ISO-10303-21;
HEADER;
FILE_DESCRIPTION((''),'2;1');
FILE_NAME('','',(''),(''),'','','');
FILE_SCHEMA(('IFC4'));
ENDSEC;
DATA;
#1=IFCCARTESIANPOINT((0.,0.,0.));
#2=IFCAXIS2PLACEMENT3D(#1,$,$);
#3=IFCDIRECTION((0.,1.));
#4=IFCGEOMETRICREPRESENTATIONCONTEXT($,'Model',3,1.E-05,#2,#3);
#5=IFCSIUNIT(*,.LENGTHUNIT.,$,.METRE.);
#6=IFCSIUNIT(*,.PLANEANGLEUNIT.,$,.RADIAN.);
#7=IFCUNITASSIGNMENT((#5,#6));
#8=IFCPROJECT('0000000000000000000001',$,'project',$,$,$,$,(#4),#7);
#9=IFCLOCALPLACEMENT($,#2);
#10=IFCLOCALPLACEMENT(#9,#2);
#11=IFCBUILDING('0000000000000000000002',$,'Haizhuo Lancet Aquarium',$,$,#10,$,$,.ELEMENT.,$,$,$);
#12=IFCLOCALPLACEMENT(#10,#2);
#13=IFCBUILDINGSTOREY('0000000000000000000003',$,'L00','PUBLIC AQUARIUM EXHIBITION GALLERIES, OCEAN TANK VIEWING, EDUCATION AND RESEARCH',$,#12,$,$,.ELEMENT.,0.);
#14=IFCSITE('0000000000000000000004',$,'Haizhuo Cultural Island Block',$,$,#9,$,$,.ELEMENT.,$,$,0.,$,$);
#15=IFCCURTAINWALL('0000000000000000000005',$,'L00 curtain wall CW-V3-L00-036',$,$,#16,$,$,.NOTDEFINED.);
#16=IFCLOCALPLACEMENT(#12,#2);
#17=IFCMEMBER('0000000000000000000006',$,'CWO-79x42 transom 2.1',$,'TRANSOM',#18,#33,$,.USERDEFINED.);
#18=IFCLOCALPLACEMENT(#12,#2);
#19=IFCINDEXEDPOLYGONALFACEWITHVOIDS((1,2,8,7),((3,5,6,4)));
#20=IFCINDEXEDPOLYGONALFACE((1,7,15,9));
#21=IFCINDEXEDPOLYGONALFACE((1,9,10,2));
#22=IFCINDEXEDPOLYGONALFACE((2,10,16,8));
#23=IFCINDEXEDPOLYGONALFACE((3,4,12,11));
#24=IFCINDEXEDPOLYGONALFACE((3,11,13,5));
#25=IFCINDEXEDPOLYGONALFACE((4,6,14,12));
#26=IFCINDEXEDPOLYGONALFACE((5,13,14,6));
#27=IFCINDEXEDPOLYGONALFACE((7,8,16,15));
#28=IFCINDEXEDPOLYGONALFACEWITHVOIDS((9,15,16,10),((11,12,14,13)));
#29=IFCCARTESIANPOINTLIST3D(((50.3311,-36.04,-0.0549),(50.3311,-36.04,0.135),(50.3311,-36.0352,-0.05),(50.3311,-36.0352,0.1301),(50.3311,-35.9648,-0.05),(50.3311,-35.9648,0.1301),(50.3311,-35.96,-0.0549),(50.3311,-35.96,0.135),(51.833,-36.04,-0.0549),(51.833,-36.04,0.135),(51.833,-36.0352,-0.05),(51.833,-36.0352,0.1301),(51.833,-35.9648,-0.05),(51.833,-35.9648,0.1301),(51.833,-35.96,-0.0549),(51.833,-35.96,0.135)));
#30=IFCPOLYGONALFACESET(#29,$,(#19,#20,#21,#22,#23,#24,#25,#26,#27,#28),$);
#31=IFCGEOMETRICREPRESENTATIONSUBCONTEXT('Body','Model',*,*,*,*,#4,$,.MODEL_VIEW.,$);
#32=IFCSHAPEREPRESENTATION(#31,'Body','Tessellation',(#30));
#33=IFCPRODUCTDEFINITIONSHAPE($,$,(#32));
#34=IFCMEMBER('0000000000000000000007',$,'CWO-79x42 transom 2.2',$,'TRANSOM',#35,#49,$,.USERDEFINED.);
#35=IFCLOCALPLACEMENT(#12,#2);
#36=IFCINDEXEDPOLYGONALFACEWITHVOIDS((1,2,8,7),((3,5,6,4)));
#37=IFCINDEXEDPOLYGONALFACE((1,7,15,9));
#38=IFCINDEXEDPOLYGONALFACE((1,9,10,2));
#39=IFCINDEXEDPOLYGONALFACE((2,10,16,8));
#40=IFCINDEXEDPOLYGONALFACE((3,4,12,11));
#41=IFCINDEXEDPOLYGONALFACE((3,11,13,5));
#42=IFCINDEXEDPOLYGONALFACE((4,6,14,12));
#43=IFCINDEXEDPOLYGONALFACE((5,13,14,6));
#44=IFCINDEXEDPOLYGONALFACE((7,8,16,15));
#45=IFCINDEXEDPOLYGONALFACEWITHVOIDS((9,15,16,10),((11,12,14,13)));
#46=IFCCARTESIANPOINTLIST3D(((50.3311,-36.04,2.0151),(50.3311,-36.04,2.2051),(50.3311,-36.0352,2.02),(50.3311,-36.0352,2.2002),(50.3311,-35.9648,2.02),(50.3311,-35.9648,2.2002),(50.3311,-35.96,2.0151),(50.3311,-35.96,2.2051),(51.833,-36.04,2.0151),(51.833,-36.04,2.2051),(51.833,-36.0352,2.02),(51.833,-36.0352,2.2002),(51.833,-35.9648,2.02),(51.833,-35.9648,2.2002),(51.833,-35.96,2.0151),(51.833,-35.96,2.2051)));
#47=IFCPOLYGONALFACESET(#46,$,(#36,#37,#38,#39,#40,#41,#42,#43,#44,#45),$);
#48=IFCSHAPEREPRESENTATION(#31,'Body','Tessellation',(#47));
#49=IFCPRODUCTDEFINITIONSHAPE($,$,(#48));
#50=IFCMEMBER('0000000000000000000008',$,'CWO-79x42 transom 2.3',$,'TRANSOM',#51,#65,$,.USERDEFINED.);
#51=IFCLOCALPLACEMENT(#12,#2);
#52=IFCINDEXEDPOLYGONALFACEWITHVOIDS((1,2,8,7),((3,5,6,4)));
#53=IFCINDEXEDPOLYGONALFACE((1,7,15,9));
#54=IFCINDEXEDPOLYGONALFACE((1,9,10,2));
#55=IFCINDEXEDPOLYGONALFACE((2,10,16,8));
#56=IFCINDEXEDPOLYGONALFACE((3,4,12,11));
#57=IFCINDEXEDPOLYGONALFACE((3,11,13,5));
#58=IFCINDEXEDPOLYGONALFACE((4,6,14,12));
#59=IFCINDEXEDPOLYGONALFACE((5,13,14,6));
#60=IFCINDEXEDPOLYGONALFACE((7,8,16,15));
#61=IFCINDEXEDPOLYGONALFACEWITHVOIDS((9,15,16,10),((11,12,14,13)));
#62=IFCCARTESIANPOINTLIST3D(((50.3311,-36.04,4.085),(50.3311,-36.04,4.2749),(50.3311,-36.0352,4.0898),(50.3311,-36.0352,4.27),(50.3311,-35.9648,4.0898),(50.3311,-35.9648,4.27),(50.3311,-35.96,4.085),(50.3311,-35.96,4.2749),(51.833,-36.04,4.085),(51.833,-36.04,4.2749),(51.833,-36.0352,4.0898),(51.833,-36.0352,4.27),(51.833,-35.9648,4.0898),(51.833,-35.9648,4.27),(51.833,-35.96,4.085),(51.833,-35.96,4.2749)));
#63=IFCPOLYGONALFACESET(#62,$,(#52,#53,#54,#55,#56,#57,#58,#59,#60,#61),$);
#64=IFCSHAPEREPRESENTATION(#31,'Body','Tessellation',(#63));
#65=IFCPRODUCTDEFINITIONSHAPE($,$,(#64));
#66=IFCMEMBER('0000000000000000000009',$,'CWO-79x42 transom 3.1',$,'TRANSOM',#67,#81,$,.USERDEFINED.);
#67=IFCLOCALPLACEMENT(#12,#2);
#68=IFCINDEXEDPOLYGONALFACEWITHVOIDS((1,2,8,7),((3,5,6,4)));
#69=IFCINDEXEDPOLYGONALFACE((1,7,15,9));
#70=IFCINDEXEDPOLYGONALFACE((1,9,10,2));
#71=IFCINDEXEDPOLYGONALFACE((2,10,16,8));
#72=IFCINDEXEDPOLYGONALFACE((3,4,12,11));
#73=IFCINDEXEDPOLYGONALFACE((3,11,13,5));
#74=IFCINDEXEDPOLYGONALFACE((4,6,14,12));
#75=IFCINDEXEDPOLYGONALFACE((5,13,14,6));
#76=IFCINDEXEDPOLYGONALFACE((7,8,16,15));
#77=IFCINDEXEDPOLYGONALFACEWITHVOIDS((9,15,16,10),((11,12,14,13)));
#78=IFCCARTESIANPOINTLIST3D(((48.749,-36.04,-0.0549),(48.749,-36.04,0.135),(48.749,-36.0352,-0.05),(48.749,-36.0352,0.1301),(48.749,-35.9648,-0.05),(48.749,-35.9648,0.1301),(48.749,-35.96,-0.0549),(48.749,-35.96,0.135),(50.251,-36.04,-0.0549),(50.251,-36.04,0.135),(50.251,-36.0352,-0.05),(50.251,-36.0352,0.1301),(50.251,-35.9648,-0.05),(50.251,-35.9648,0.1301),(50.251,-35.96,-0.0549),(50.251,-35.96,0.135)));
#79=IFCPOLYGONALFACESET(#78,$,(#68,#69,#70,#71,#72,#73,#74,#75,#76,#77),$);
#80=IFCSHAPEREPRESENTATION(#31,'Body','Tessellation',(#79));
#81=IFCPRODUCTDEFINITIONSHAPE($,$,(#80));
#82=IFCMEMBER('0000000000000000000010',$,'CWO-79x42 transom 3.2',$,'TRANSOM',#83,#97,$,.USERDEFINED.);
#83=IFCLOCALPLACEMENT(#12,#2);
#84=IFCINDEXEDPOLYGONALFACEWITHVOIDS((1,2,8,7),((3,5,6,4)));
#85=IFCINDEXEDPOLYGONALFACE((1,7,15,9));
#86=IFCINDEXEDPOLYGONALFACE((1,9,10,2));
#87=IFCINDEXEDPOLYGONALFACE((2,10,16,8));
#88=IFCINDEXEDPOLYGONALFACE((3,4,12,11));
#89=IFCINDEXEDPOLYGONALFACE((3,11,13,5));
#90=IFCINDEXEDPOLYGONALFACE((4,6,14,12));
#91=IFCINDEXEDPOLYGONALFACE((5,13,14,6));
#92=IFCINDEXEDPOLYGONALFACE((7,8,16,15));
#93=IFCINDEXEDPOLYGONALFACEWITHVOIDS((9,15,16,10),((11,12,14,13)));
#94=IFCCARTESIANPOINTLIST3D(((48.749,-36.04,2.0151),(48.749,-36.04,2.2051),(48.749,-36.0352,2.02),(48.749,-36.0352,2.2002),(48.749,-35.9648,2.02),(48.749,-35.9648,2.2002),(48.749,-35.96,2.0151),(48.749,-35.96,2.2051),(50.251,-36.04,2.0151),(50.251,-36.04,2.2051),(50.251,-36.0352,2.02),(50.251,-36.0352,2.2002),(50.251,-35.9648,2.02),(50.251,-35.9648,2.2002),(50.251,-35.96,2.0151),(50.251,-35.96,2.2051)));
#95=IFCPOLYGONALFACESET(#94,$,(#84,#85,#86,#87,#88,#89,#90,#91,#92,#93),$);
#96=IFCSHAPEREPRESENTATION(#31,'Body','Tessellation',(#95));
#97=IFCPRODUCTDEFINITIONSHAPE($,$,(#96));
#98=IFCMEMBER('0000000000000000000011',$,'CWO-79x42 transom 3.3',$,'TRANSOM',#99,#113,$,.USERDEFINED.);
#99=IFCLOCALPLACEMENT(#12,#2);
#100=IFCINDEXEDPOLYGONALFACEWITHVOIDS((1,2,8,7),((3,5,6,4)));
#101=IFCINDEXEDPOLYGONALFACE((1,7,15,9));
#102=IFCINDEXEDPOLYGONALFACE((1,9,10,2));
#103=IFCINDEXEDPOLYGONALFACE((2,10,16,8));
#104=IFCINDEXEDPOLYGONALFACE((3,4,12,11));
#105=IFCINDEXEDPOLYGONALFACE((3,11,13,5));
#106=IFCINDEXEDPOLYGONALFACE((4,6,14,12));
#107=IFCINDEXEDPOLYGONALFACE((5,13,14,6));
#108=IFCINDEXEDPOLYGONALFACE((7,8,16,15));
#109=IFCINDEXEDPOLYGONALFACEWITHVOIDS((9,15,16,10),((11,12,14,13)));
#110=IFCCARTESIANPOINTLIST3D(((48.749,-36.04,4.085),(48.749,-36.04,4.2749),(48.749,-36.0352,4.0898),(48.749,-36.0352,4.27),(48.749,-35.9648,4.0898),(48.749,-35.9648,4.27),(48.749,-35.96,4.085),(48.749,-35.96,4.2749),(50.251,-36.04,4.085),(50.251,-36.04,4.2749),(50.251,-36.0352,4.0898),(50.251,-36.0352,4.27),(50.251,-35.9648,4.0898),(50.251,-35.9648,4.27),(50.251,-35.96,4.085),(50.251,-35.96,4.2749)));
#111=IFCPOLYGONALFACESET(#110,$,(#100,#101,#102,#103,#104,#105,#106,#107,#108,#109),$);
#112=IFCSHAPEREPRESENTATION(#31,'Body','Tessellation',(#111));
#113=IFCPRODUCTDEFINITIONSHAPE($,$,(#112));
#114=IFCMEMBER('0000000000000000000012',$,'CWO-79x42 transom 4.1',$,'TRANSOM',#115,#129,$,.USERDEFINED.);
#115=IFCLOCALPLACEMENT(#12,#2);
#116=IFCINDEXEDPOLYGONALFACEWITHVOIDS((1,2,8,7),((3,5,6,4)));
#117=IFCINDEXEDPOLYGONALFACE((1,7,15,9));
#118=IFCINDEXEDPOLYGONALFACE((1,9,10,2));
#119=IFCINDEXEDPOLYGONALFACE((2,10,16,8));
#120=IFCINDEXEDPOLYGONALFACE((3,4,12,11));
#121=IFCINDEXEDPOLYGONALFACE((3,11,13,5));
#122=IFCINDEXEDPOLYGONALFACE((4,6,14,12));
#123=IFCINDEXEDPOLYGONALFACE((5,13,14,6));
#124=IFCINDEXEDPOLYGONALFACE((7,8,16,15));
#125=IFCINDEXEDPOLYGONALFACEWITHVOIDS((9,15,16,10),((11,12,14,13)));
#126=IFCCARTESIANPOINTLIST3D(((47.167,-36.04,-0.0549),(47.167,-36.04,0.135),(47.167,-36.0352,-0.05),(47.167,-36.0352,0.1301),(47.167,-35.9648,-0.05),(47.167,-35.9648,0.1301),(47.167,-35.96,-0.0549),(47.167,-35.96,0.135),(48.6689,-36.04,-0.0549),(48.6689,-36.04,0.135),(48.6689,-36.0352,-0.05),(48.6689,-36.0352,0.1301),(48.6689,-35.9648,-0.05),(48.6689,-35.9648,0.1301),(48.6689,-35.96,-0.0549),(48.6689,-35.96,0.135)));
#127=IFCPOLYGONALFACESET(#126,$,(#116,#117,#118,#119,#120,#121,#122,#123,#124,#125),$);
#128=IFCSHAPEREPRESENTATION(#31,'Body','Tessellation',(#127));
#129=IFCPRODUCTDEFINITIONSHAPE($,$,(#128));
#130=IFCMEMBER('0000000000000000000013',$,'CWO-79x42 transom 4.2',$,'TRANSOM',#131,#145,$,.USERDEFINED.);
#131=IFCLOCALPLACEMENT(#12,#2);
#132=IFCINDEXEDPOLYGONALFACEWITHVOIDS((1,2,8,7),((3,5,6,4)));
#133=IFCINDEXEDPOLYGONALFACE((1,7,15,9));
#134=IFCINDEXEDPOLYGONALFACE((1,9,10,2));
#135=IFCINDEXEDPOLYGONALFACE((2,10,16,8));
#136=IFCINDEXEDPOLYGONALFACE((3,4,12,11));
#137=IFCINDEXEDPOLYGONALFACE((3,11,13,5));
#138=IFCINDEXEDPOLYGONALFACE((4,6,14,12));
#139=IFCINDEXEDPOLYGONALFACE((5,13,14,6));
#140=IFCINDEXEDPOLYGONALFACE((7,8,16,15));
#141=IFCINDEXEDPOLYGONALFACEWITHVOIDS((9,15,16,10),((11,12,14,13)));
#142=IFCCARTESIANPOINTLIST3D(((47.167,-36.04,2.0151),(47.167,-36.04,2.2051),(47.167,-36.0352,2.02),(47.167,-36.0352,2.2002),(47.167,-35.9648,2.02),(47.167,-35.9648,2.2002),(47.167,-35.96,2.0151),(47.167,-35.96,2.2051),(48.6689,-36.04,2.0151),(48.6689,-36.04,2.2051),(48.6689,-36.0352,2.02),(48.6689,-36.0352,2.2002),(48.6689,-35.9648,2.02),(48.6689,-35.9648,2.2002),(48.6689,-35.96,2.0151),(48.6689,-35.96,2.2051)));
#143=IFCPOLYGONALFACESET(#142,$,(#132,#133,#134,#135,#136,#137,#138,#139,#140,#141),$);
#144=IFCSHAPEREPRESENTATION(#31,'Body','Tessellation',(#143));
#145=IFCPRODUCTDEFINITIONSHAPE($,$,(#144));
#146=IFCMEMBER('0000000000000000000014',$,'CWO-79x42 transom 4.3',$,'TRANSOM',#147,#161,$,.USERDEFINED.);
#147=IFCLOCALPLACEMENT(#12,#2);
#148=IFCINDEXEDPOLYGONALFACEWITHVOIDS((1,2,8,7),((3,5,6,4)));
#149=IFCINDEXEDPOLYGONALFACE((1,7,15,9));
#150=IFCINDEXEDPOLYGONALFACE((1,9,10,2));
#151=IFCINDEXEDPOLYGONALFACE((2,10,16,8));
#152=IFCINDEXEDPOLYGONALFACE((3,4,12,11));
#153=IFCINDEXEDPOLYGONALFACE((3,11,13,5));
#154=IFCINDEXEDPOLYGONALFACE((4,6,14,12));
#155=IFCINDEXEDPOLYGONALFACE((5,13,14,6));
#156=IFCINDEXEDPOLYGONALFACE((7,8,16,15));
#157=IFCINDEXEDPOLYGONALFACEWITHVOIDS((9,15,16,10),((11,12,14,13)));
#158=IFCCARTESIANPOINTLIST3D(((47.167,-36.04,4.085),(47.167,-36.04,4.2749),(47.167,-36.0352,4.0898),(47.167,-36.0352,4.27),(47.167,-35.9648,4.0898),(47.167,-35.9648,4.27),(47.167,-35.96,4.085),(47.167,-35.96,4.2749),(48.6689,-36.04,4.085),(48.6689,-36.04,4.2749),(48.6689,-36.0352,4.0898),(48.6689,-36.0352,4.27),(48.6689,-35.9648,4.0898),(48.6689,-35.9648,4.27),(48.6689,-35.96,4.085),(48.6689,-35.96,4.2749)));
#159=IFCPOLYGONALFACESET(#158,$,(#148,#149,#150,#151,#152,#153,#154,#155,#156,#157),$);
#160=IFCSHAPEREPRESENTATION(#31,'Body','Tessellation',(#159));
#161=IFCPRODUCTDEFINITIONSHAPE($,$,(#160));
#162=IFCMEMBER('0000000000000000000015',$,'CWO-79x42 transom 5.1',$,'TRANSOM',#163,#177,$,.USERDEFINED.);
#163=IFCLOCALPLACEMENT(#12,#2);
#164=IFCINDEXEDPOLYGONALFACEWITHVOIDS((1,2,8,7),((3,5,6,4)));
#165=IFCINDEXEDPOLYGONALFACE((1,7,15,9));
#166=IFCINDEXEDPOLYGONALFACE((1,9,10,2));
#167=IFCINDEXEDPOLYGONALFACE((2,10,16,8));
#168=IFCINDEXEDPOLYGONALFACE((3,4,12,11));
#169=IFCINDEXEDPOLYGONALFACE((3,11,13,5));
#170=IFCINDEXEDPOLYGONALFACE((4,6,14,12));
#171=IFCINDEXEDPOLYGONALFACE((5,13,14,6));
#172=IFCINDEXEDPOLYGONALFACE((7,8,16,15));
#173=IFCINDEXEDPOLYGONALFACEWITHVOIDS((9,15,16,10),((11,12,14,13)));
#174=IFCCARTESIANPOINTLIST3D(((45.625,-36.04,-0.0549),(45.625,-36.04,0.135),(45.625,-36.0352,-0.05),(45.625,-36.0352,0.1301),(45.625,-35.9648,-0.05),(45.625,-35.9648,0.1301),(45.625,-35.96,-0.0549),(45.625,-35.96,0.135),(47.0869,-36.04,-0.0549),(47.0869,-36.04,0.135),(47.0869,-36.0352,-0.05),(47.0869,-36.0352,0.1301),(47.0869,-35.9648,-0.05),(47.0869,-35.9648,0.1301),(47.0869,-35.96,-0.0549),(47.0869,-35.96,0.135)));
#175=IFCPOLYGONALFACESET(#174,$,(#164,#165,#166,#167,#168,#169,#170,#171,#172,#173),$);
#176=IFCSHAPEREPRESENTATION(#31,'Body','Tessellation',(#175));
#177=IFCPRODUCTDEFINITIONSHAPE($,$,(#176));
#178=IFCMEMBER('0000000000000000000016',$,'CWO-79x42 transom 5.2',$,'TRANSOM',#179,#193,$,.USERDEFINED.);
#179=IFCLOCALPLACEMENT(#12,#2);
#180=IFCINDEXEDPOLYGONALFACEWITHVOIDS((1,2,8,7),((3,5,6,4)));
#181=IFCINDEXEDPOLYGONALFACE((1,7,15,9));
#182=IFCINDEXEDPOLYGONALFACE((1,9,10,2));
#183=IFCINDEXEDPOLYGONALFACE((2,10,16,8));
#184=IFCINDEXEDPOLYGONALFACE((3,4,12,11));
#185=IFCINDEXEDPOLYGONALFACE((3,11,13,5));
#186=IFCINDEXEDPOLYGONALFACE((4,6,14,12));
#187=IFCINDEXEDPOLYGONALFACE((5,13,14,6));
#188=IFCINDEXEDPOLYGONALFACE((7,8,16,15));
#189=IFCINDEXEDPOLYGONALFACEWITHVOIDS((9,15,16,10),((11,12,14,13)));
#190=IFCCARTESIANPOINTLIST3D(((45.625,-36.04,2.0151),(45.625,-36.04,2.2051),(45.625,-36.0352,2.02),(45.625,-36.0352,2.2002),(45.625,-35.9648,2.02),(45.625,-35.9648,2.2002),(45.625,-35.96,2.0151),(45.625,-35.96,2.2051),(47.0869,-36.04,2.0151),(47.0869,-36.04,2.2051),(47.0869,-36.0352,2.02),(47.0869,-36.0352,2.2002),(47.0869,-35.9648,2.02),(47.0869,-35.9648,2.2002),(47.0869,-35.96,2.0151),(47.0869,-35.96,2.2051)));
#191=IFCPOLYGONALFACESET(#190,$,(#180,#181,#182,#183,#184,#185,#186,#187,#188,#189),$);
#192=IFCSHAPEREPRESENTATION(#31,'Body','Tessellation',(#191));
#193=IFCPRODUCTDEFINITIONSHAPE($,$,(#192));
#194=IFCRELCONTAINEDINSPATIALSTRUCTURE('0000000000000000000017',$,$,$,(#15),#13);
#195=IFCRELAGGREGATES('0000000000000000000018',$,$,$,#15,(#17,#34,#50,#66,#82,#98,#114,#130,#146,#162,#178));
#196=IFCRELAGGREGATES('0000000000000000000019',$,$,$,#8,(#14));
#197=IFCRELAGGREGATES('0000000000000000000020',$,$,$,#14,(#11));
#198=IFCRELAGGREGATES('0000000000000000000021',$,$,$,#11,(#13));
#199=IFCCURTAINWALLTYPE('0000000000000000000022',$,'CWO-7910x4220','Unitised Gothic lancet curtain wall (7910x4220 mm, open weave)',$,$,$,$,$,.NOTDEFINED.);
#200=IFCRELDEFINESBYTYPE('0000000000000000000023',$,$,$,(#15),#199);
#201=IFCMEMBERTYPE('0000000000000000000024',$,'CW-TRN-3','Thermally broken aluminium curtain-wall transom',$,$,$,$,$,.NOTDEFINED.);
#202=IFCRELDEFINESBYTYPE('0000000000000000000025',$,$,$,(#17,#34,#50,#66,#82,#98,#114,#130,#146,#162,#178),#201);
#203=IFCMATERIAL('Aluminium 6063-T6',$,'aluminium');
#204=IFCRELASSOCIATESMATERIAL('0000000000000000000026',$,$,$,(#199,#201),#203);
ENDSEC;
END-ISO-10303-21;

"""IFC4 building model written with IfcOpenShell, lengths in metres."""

from ifc_helpers import new_model, si_unit, direction, frame, origin, origin_2d, place, context, subcontext, project, spatial, hollow_rectangle, extrude, material, material_profile, profile_set, type_object, element, aggregate, save


model = new_model("IFC4")

# Units and contexts
model_context = context("Model", 3, precision=1e-05, world=origin(), true_north=direction((0.0, 1.0)))
body_context = subcontext(model_context, "Body", "Model", "MODEL_VIEW")
ifc_project = project(units=[si_unit("LENGTHUNIT", "METRE"), si_unit("PLANEANGLEUNIT", "RADIAN")], contexts=[model_context])

# Site, building, storey
site_placement = place(None, origin())
site = spatial("IfcSite", under=ifc_project, at=site_placement, Name="Haizhuo Cultural Island Block", CompositionType="ELEMENT", RefElevation=0.0)
building_placement = place(site_placement, origin())
building = spatial("IfcBuilding", under=site, at=building_placement, Name="Haizhuo Lancet Aquarium", CompositionType="ELEMENT")
storey_placement = place(building_placement, origin())
storey = spatial("IfcBuildingStorey", under=building, at=storey_placement, Name="L00", Description="PUBLIC AQUARIUM EXHIBITION GALLERIES, OCEAN TANK VIEWING, EDUCATION AND RESEARCH", CompositionType="ELEMENT", Elevation=0.0)

# Curtain wall, members
ifc_material_1 = material(Name="Aluminium 6063-T6", Category="aluminium")
curtain_wall_type = type_object("IfcCurtainWallType", Name="CWO-7910x4220", Description="Unitised Gothic lancet curtain wall (7910x4220 mm, open weave)", PredefinedType="NOTDEFINED", material=ifc_material_1)
curtain_wall_placement = place(storey_placement, origin())
curtain_wall = element("IfcCurtainWall", 1, at=curtain_wall_placement, inside=storey, type_object=curtain_wall_type, Name="L00 curtain wall CW-V3-L00-036", PredefinedType="NOTDEFINED")
ifc_material_profile_1 = material_profile(ifc_material_1, hollow_rectangle(XDim=0.0801, YDim=0.1899, WallThickness=0.0049, at=origin_2d()), Name="ALU-T 80x190x5")
ifc_profile_set_1 = profile_set([ifc_material_profile_1], Name="Aluminium 6063-T6")
member_type_1 = type_object("IfcMemberType", Name="CW-TRN-3", Description="Thermally broken aluminium curtain-wall transom", PredefinedType="NOTDEFINED", material=ifc_profile_set_1)
member_1_placement = place(storey_placement, frame((51.833, -36.0, 0.04), z_axis=(-1.0, 0.0, 0.0), x_axis=(0.0, -1.0, 0.0)))
member_1 = element("IfcMember", 2, at=member_1_placement, type_object=member_type_1, Name="CWO-79x42 transom 2.1", ObjectType="TRANSOM", PredefinedType="USERDEFINED", context=body_context, shape_type="SweptSolid", body=[
    extrude(hollow_rectangle(XDim=0.0801, YDim=0.1899, WallThickness=0.0049, at=origin_2d()), origin(), (0.0, 0.0, 1.0), 1.502),
])
member_2_placement = place(storey_placement, frame((51.833, -36.0, 2.1101), z_axis=(-1.0, 0.0, 0.0), x_axis=(0.0, -1.0, 0.0)))
member_2 = element("IfcMember", 3, at=member_2_placement, type_object=member_type_1, Name="CWO-79x42 transom 2.2", ObjectType="TRANSOM", PredefinedType="USERDEFINED", context=body_context, shape_type="SweptSolid", body=[
    extrude(hollow_rectangle(XDim=0.0801, YDim=0.1899, WallThickness=0.0049, at=origin_2d()), origin(), (0.0, 0.0, 1.0), 1.502),
])
member_3_placement = place(storey_placement, frame((51.833, -36.0, 4.1799), z_axis=(-1.0, 0.0, 0.0), x_axis=(0.0, -1.0, 0.0)))
member_3 = element("IfcMember", 4, at=member_3_placement, type_object=member_type_1, Name="CWO-79x42 transom 2.3", ObjectType="TRANSOM", PredefinedType="USERDEFINED", context=body_context, shape_type="SweptSolid", body=[
    extrude(hollow_rectangle(XDim=0.0801, YDim=0.1899, WallThickness=0.0049, at=origin_2d()), origin(), (0.0, 0.0, 1.0), 1.502),
])
member_4_placement = place(storey_placement, frame((50.251, -36.0, 0.04), z_axis=(-1.0, 0.0, 0.0), x_axis=(0.0, -1.0, 0.0)))
member_4 = element("IfcMember", 5, at=member_4_placement, type_object=member_type_1, Name="CWO-79x42 transom 3.1", ObjectType="TRANSOM", PredefinedType="USERDEFINED", context=body_context, shape_type="SweptSolid", body=[
    extrude(hollow_rectangle(XDim=0.0801, YDim=0.1899, WallThickness=0.0049, at=origin_2d()), origin(), (0.0, 0.0, 1.0), 1.502),
])
member_5_placement = place(storey_placement, frame((50.251, -36.0, 2.1101), z_axis=(-1.0, 0.0, 0.0), x_axis=(0.0, -1.0, 0.0)))
member_5 = element("IfcMember", 6, at=member_5_placement, type_object=member_type_1, Name="CWO-79x42 transom 3.2", ObjectType="TRANSOM", PredefinedType="USERDEFINED", context=body_context, shape_type="SweptSolid", body=[
    extrude(hollow_rectangle(XDim=0.0801, YDim=0.1899, WallThickness=0.0049, at=origin_2d()), origin(), (0.0, 0.0, 1.0), 1.502),
])
member_6_placement = place(storey_placement, frame((50.251, -36.0, 4.1799), z_axis=(-1.0, 0.0, 0.0), x_axis=(0.0, -1.0, 0.0)))
member_6 = element("IfcMember", 7, at=member_6_placement, type_object=member_type_1, Name="CWO-79x42 transom 3.3", ObjectType="TRANSOM", PredefinedType="USERDEFINED", context=body_context, shape_type="SweptSolid", body=[
    extrude(hollow_rectangle(XDim=0.0801, YDim=0.1899, WallThickness=0.0049, at=origin_2d()), origin(), (0.0, 0.0, 1.0), 1.502),
])
member_7_placement = place(storey_placement, frame((48.6689, -36.0, 0.04), z_axis=(-1.0, 0.0, 0.0), x_axis=(0.0, -1.0, 0.0)))
member_7 = element("IfcMember", 8, at=member_7_placement, type_object=member_type_1, Name="CWO-79x42 transom 4.1", ObjectType="TRANSOM", PredefinedType="USERDEFINED", context=body_context, shape_type="SweptSolid", body=[
    extrude(hollow_rectangle(XDim=0.0801, YDim=0.1899, WallThickness=0.0049, at=origin_2d()), origin(), (0.0, 0.0, 1.0), 1.502),
])
member_8_placement = place(storey_placement, frame((48.6689, -36.0, 2.1101), z_axis=(-1.0, 0.0, 0.0), x_axis=(0.0, -1.0, 0.0)))
member_8 = element("IfcMember", 9, at=member_8_placement, type_object=member_type_1, Name="CWO-79x42 transom 4.2", ObjectType="TRANSOM", PredefinedType="USERDEFINED", context=body_context, shape_type="SweptSolid", body=[
    extrude(hollow_rectangle(XDim=0.0801, YDim=0.1899, WallThickness=0.0049, at=origin_2d()), origin(), (0.0, 0.0, 1.0), 1.502),
])
member_9_placement = place(storey_placement, frame((48.6689, -36.0, 4.1799), z_axis=(-1.0, 0.0, 0.0), x_axis=(0.0, -1.0, 0.0)))
member_9 = element("IfcMember", 10, at=member_9_placement, type_object=member_type_1, Name="CWO-79x42 transom 4.3", ObjectType="TRANSOM", PredefinedType="USERDEFINED", context=body_context, shape_type="SweptSolid", body=[
    extrude(hollow_rectangle(XDim=0.0801, YDim=0.1899, WallThickness=0.0049, at=origin_2d()), origin(), (0.0, 0.0, 1.0), 1.502),
])
member_10_placement = place(storey_placement, frame((47.0869, -36.0, 0.04), z_axis=(-1.0, 0.0, 0.0), x_axis=(0.0, -1.0, 0.0)))
member_10 = element("IfcMember", 11, at=member_10_placement, type_object=member_type_1, Name="CWO-79x42 transom 5.1", ObjectType="TRANSOM", PredefinedType="USERDEFINED", context=body_context, shape_type="SweptSolid", body=[
    extrude(hollow_rectangle(XDim=0.0801, YDim=0.1899, WallThickness=0.0049, at=origin_2d()), origin(), (0.0, 0.0, 1.0), 1.4619),
])
member_11_placement = place(storey_placement, frame((47.0869, -36.0, 2.1101), z_axis=(-1.0, 0.0, 0.0), x_axis=(0.0, -1.0, 0.0)))
member_11 = element("IfcMember", 12, at=member_11_placement, type_object=member_type_1, Name="CWO-79x42 transom 5.2", ObjectType="TRANSOM", PredefinedType="USERDEFINED", context=body_context, shape_type="SweptSolid", body=[
    extrude(hollow_rectangle(XDim=0.0801, YDim=0.1899, WallThickness=0.0049, at=origin_2d()), origin(), (0.0, 0.0, 1.0), 1.4619),
])

aggregate(curtain_wall, [member_1, member_2, member_3, member_4, member_5, member_6, member_7, member_8, member_9, member_10, member_11])

save(model, "model.ifc")
